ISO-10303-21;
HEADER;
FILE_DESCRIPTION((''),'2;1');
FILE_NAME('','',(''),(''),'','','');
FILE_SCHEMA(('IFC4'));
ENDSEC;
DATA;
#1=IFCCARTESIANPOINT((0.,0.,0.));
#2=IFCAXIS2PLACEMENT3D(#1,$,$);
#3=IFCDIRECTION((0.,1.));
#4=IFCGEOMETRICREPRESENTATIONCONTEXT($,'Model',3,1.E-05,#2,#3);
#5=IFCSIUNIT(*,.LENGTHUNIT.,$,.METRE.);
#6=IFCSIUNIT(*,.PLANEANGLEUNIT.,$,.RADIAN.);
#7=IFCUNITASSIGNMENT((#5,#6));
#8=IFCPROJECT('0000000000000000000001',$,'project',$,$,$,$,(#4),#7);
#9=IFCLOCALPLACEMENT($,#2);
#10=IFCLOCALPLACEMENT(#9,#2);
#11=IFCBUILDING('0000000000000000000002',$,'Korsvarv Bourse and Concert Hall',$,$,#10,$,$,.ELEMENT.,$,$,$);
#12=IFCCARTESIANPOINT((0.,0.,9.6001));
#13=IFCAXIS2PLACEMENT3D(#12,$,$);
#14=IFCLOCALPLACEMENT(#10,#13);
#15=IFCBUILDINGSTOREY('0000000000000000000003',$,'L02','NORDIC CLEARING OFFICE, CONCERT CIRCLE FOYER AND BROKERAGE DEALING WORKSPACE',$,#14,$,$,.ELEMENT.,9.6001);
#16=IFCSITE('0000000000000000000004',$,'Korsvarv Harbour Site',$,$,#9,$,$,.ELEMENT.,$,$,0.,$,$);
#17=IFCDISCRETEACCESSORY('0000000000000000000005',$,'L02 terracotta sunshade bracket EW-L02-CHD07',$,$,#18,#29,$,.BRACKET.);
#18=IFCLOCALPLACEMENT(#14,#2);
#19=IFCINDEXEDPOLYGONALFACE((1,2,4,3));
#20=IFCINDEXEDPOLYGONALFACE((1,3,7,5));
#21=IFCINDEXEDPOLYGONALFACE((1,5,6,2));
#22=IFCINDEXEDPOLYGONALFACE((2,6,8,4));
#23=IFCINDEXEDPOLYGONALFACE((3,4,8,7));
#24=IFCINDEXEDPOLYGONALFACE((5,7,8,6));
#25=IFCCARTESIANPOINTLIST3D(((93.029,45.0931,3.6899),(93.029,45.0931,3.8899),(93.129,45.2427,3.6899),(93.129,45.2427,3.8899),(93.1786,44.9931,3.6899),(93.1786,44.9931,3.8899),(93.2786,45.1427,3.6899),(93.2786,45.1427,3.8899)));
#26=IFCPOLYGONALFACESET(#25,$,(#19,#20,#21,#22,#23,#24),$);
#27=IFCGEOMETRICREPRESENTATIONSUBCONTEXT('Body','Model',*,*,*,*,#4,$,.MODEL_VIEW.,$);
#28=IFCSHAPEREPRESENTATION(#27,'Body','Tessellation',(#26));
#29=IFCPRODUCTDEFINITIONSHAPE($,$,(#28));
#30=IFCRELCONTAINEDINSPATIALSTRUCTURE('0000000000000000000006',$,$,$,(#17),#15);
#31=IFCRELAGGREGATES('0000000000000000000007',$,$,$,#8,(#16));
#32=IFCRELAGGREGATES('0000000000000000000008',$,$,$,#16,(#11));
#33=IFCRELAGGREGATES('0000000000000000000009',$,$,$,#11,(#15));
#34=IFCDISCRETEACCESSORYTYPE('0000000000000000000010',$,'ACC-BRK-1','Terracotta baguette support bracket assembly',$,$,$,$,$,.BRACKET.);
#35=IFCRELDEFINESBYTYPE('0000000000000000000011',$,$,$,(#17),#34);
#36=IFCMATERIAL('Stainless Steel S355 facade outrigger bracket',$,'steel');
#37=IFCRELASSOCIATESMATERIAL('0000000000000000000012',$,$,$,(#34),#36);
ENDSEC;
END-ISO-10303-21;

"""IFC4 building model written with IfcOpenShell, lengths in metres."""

from ifc_helpers import new_model, si_unit, direction, frame, origin, origin_2d, place, context, subcontext, project, spatial, rectangle, extrude, source, transform, mapped, material, type_object, element, save


model = new_model("IFC4")

# Units and contexts
model_context = context("Model", 3, precision=1e-05, world=origin(), true_north=direction((0.0, 1.0)))
body_context = subcontext(model_context, "Body", "Model", "MODEL_VIEW")
ifc_project = project(units=[si_unit("LENGTHUNIT", "METRE"), si_unit("PLANEANGLEUNIT", "RADIAN")], contexts=[model_context])

# Site, building, storey
site_placement = place(None, origin())
site = spatial("IfcSite", under=ifc_project, at=site_placement, Name="Korsvarv Harbour Site", CompositionType="ELEMENT", RefElevation=0.0)
building_placement = place(site_placement, origin())
building = spatial("IfcBuilding", under=site, at=building_placement, Name="Korsvarv Bourse and Concert Hall", CompositionType="ELEMENT")
storey_placement = place(building_placement, frame((0.0, 0.0, 9.6001)))
storey = spatial("IfcBuildingStorey", under=building, at=storey_placement, Name="L02", Description="NORDIC CLEARING OFFICE, CONCERT CIRCLE FOYER AND BROKERAGE DEALING WORKSPACE", CompositionType="ELEMENT", Elevation=9.6001)

# Discrete accessory
ifc_material_1 = material(Name="Stainless Steel S355 facade outrigger bracket", Category="steel")
discrete_accessory_type = type_object("IfcDiscreteAccessoryType", Name="ACC-BRK-1", Description="Terracotta baguette support bracket assembly", PredefinedType="BRACKET", material=ifc_material_1)
shared_shape_1 = source(origin(), body_context, "Body", "SweptSolid", [
    extrude(rectangle(XDim=0.1799, YDim=0.1799, at=origin_2d()), origin(), (0.0, 0.0, 1.0), 0.2),
])
discrete_accessory_placement = place(storey_placement, frame((93.1538, 45.1179, 3.6899), z_axis=(0.0, 0.0, 1.0), x_axis=(-0.55557, -0.83147, 0.0)))
element("IfcDiscreteAccessory", 1, at=discrete_accessory_placement, inside=storey, type_object=discrete_accessory_type, Name="L02 terracotta sunshade bracket EW-L02-CHD07", PredefinedType="BRACKET", context=body_context, shape_type="MappedRepresentation", body=[
    mapped(shared_shape_1, transform((0.0, 0.0, 0.0), scale=1.0)),
])

save(model, "model.ifc")
